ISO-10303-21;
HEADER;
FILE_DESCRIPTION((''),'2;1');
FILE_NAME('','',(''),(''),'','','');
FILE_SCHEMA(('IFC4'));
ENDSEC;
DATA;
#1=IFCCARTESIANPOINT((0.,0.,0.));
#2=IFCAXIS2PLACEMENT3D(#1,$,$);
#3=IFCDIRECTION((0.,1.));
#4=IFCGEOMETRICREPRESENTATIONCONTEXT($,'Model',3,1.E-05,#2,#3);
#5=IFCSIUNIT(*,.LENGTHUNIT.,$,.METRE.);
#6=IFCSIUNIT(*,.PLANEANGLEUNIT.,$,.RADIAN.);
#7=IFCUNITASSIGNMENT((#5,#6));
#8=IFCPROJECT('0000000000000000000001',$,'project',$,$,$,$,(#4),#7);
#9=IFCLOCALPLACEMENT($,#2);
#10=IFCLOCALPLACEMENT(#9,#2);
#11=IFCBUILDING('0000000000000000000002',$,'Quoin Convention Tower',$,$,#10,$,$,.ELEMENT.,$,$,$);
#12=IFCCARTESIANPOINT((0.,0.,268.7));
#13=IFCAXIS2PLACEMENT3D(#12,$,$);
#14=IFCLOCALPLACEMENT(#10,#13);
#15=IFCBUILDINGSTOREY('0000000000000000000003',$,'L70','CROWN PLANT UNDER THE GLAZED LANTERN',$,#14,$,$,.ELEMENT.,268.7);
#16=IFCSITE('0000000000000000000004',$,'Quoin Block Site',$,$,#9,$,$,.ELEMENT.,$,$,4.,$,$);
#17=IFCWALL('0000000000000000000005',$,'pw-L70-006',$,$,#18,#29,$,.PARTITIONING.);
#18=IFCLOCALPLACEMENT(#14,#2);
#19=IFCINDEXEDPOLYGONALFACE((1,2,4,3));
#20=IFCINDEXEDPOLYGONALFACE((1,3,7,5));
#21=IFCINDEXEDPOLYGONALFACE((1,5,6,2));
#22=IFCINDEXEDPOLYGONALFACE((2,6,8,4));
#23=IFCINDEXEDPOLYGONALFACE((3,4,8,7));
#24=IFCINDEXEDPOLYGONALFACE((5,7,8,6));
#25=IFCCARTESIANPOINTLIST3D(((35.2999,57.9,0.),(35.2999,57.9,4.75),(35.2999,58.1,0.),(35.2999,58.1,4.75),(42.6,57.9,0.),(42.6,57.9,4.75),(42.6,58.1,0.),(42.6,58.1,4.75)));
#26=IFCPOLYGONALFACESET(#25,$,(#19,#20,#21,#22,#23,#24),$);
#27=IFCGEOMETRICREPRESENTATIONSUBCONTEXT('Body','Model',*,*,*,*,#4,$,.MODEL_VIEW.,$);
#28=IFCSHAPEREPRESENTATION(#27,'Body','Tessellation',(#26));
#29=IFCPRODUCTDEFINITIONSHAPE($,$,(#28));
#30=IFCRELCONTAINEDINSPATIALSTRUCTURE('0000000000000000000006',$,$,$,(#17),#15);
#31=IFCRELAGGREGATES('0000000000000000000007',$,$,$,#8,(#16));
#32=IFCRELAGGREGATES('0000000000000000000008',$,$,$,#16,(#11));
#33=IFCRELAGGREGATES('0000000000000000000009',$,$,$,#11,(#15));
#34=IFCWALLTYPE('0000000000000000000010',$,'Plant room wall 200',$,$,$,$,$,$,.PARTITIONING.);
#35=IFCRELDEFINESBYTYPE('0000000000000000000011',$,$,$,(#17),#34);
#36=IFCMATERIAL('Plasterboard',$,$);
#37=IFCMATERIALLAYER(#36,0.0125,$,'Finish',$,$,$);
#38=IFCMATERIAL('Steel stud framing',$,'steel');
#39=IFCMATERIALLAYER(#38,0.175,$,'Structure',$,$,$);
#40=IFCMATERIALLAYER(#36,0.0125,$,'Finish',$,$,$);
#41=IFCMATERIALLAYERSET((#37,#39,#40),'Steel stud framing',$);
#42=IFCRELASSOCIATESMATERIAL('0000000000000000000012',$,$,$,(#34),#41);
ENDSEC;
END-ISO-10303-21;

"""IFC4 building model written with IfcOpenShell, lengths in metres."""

from ifc_helpers import new_model, si_unit, direction, frame, frame_2d, origin, place, context, subcontext, project, spatial, rectangle, extrude, material, layer, layer_set, type_object, element, save


model = new_model("IFC4")

# Units and contexts
model_context = context("Model", 3, precision=1e-05, world=origin(), true_north=direction((0.0, 1.0)))
body_context = subcontext(model_context, "Body", "Model", "MODEL_VIEW")
ifc_project = project(units=[si_unit("LENGTHUNIT", "METRE"), si_unit("PLANEANGLEUNIT", "RADIAN")], contexts=[model_context])

# Site, building, storey
site_placement = place(None, origin())
site = spatial("IfcSite", under=ifc_project, at=site_placement, Name="Quoin Block Site", CompositionType="ELEMENT", RefElevation=4.0)
building_placement = place(site_placement, origin())
building = spatial("IfcBuilding", under=site, at=building_placement, Name="Quoin Convention Tower", CompositionType="ELEMENT")
storey_placement = place(building_placement, frame((0.0, 0.0, 268.7)))
storey = spatial("IfcBuildingStorey", under=building, at=storey_placement, Name="L70", Description="CROWN PLANT UNDER THE GLAZED LANTERN", CompositionType="ELEMENT", Elevation=268.7)

# Wall
ifc_material_1 = material(Name="Plasterboard")
ifc_layer_1 = layer(ifc_material_1, 0.0125, Name="Finish")
ifc_material_2 = material(Name="Steel stud framing", Category="steel")
ifc_layer_2 = layer(ifc_material_2, 0.175, Name="Structure")
ifc_layer_3 = layer(ifc_material_1, 0.0125, Name="Finish")
ifc_layer_set = layer_set([ifc_layer_1, ifc_layer_2, ifc_layer_3], Name="Steel stud framing")
wall_type = type_object("IfcWallType", Name="Plant room wall 200", PredefinedType="PARTITIONING", material=ifc_layer_set)
wall_placement = place(storey_placement, frame((35.3, 58.0, 0.0), z_axis=(0.0, 0.0, 1.0), x_axis=(1.0, 0.0, 0.0)))
element("IfcWall", 1, at=wall_placement, inside=storey, type_object=wall_type, Name="pw-L70-006", PredefinedType="PARTITIONING", context=body_context, shape_type="SweptSolid", body=[
    extrude(rectangle(XDim=7.3, YDim=0.2, at=frame_2d((3.6499, 0.0))), origin(), (0.0, 0.0, 1.0), 4.75),
])

save(model, "model.ifc")
